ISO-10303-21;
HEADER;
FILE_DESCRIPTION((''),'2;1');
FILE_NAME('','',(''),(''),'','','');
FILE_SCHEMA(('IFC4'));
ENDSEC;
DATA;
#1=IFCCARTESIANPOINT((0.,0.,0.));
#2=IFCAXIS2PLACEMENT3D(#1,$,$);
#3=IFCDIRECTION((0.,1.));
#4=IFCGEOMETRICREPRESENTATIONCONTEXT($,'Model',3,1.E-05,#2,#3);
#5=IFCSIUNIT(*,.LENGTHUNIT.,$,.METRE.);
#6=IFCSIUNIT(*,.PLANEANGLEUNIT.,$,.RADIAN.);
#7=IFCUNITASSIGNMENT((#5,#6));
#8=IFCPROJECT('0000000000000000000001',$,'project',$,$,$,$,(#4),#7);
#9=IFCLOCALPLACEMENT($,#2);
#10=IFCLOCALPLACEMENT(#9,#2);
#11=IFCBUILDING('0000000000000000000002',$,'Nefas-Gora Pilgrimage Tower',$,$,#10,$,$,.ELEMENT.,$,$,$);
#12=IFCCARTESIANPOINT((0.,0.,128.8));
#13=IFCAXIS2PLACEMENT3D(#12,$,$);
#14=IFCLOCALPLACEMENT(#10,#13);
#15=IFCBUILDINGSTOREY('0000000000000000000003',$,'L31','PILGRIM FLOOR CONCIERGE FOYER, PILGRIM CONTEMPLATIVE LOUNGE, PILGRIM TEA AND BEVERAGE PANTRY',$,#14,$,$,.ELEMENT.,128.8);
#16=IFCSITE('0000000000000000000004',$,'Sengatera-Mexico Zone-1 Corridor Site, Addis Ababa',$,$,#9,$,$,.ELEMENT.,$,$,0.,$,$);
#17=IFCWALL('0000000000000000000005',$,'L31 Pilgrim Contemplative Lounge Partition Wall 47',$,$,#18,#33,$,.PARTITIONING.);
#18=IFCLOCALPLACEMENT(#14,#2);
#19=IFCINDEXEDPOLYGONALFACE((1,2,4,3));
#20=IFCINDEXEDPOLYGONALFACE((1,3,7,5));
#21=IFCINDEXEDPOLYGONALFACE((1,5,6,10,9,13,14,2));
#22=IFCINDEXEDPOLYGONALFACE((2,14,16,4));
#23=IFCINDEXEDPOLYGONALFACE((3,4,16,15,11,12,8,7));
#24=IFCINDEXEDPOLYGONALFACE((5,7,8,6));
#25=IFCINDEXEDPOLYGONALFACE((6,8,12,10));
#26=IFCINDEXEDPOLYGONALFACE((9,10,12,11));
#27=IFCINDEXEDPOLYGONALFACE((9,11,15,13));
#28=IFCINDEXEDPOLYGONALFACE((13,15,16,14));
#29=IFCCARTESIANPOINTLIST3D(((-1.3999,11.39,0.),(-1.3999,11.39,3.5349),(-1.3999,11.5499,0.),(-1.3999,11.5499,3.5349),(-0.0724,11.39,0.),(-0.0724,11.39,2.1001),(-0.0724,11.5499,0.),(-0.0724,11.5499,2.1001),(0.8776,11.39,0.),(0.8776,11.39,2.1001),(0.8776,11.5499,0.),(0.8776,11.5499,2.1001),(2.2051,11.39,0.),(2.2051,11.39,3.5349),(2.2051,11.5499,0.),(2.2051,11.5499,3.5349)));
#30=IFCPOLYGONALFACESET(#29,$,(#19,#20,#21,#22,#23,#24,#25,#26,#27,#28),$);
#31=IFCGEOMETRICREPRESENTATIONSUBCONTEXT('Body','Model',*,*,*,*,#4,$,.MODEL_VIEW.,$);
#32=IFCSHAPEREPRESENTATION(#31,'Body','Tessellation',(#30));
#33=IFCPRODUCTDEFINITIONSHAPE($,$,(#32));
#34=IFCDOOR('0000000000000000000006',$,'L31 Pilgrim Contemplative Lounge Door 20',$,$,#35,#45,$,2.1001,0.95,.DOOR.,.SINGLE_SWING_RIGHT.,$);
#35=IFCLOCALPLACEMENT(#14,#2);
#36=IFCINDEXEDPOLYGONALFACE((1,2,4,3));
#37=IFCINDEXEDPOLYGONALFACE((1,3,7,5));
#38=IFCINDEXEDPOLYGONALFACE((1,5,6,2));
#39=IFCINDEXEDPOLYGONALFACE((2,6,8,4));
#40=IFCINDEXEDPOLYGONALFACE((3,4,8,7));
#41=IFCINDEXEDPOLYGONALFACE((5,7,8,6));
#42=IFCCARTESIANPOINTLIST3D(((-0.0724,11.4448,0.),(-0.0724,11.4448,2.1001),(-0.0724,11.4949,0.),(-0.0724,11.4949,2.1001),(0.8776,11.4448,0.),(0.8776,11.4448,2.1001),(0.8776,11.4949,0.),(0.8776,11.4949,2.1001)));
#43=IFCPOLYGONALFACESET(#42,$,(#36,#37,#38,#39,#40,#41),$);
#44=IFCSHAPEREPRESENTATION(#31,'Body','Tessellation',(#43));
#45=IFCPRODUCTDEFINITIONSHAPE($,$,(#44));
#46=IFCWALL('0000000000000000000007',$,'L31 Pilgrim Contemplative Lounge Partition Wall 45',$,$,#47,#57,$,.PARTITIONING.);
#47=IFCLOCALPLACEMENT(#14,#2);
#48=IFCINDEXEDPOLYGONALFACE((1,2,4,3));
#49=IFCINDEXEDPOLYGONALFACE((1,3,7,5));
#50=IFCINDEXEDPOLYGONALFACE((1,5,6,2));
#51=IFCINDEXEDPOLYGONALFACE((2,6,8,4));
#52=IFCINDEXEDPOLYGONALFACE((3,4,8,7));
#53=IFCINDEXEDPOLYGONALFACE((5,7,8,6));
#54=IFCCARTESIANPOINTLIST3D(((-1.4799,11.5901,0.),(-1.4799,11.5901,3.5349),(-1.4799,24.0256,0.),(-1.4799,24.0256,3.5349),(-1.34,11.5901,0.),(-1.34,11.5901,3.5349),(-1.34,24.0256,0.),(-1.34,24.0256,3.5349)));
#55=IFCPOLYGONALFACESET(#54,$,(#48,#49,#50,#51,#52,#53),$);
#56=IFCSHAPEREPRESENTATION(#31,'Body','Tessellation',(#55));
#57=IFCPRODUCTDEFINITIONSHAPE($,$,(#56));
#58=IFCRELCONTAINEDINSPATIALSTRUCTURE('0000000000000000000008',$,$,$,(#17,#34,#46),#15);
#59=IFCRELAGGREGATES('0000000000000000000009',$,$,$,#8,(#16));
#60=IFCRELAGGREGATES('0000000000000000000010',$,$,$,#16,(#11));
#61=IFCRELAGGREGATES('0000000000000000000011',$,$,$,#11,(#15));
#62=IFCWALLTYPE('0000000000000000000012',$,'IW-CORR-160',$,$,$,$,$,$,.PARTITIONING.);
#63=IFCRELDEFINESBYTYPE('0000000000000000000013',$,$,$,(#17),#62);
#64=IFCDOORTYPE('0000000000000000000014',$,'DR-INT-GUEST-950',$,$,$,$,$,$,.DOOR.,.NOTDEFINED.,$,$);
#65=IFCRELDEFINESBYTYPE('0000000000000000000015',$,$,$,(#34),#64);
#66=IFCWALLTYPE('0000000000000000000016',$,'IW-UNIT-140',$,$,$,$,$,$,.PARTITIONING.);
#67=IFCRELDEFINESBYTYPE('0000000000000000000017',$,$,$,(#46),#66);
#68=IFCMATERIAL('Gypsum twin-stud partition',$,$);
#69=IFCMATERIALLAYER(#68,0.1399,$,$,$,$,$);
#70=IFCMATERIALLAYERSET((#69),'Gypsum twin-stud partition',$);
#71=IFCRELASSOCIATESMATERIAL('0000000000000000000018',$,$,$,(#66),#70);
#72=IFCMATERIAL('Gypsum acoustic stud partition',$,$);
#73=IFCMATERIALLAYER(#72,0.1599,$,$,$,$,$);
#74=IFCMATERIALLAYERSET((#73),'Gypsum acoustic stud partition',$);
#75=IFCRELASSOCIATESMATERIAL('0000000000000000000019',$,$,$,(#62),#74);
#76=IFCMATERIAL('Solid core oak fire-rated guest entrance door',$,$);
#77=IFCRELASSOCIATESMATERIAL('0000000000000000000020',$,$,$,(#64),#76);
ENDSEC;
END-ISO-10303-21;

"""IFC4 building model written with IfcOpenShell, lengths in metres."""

from ifc_helpers import new_model, si_unit, direction, frame, frame_2d, origin, place, context, subcontext, project, spatial, rectangle, extrude, source, transform, mapped, material, layer, layer_set, type_object, element, fill, save


model = new_model("IFC4")

# Units and contexts
model_context = context("Model", 3, precision=1e-05, world=origin(), true_north=direction((0.0, 1.0)))
body_context = subcontext(model_context, "Body", "Model", "MODEL_VIEW")
ifc_project = project(units=[si_unit("LENGTHUNIT", "METRE"), si_unit("PLANEANGLEUNIT", "RADIAN")], contexts=[model_context])

# Site, building, storey
site_placement = place(None, origin())
site = spatial("IfcSite", under=ifc_project, at=site_placement, Name="Sengatera-Mexico Zone-1 Corridor Site, Addis Ababa", CompositionType="ELEMENT", RefElevation=0.0)
building_placement = place(site_placement, origin())
building = spatial("IfcBuilding", under=site, at=building_placement, Name="Nefas-Gora Pilgrimage Tower", CompositionType="ELEMENT")
storey_placement = place(building_placement, frame((0.0, 0.0, 128.8)))
storey = spatial("IfcBuildingStorey", under=building, at=storey_placement, Name="L31", Description="PILGRIM FLOOR CONCIERGE FOYER, PILGRIM CONTEMPLATIVE LOUNGE, PILGRIM TEA AND BEVERAGE PANTRY", CompositionType="ELEMENT", Elevation=128.8)

# Shared definitions
ifc_material_1 = material(Name="Gypsum twin-stud partition")
ifc_layer_1 = layer(ifc_material_1, 0.1399)
ifc_layer_set_1 = layer_set([ifc_layer_1], Name="Gypsum twin-stud partition")
wall_type_1 = type_object("IfcWallType", Name="IW-UNIT-140", PredefinedType="PARTITIONING", material=ifc_layer_set_1)

# Wall, opening, door
ifc_material_2 = material(Name="Gypsum acoustic stud partition")
ifc_layer_2 = layer(ifc_material_2, 0.1599)
ifc_layer_set_2 = layer_set([ifc_layer_2], Name="Gypsum acoustic stud partition")
wall_type_2 = type_object("IfcWallType", Name="IW-CORR-160", PredefinedType="PARTITIONING", material=ifc_layer_set_2)
shared_shape_1 = source(origin(), body_context, "Body", "SweptSolid", [
    extrude(rectangle(XDim=3.605, YDim=0.1599, at=frame_2d((1.8025, 0.0))), origin(), (0.0, 0.0, 1.0), 3.5349),
])
ifc_material_3 = material(Name="Solid core oak fire-rated guest entrance door")
door_type_1 = type_object("IfcDoorType", Name="DR-INT-GUEST-950", OperationType="NOTDEFINED", PredefinedType="DOOR", material=ifc_material_3)
shared_shape_2 = source(origin(), body_context, "Body", "SweptSolid", [
    extrude(rectangle(XDim=0.95, YDim=2.1001, at=frame_2d((0.4751, 1.05))), frame((0.0, 0.0249, 0.0), z_axis=(0.0, -1.0, 0.0), x_axis=(1.0, 0.0, 0.0)), (0.0, 0.0, 1.0), 0.05),
])
wall_1_placement = place(storey_placement, frame((-1.3999, 11.47, 0.0), z_axis=(0.0, 0.0, 1.0), x_axis=(1.0, 0.0, 0.0)))
wall_1 = element("IfcWall", 1, at=wall_1_placement, inside=storey, type_object=wall_type_2, Name="L31 Pilgrim Contemplative Lounge Partition Wall 47", PredefinedType="PARTITIONING", context=body_context, shape_type="MappedRepresentation", body=[
    mapped(shared_shape_1, transform((0.0, 0.0, 0.0), x_axis=(1.0, 0.0, 0.0), y_axis=(0.0, 1.0, 0.0), z_axis=(0.0, 0.0, 1.0), scale=1.0)),
])
opening_1_placement = place(wall_1_placement, frame((1.3274, 0.0, 0.0)))
opening_1 = element("IfcOpeningElement", 2, at=opening_1_placement, cuts=wall_1, PredefinedType="OPENING", context=body_context, shape_type="SweptSolid", body=[
    extrude(rectangle(XDim=0.95, YDim=2.1001, at=frame_2d((0.4751, 1.05))), frame((0.0, 0.0898, 0.0), z_axis=(0.0, -1.0, 0.0), x_axis=(1.0, 0.0, 0.0)), (0.0, 0.0, 1.0), 0.1799),
])
door_1_placement = place(opening_1_placement, origin())
door_1 = element("IfcDoor", 3, at=door_1_placement, inside=storey, type_object=door_type_1, Name="L31 Pilgrim Contemplative Lounge Door 20", OperationType="SINGLE_SWING_RIGHT", OverallHeight=2.1001, OverallWidth=0.95, PredefinedType="DOOR", context=body_context, shape_type="MappedRepresentation", body=[
    mapped(shared_shape_2, transform((0.0, 0.0, 0.0), x_axis=(1.0, 0.0, 0.0), y_axis=(0.0, 1.0, 0.0), z_axis=(0.0, 0.0, 1.0), scale=1.0)),
])
fill(opening_1, door_1)

# Wall
shared_shape_3 = source(origin(), body_context, "Body", "SweptSolid", [
    extrude(rectangle(XDim=12.4355, YDim=0.1399, at=frame_2d((6.2178, 0.0))), origin(), (0.0, 0.0, 1.0), 3.5349),
])
wall_2_placement = place(storey_placement, frame((-1.4099, 11.5901, 0.0), z_axis=(0.0, 0.0, 1.0), x_axis=(0.0, 1.0, 0.0)))
element("IfcWall", 4, at=wall_2_placement, inside=storey, type_object=wall_type_1, Name="L31 Pilgrim Contemplative Lounge Partition Wall 45", PredefinedType="PARTITIONING", context=body_context, shape_type="MappedRepresentation", body=[
    mapped(shared_shape_3, transform((0.0, 0.0, 0.0), x_axis=(1.0, 0.0, 0.0), y_axis=(0.0, 1.0, 0.0), z_axis=(0.0, 0.0, 1.0), scale=1.0)),
])

save(model, "model.ifc")
